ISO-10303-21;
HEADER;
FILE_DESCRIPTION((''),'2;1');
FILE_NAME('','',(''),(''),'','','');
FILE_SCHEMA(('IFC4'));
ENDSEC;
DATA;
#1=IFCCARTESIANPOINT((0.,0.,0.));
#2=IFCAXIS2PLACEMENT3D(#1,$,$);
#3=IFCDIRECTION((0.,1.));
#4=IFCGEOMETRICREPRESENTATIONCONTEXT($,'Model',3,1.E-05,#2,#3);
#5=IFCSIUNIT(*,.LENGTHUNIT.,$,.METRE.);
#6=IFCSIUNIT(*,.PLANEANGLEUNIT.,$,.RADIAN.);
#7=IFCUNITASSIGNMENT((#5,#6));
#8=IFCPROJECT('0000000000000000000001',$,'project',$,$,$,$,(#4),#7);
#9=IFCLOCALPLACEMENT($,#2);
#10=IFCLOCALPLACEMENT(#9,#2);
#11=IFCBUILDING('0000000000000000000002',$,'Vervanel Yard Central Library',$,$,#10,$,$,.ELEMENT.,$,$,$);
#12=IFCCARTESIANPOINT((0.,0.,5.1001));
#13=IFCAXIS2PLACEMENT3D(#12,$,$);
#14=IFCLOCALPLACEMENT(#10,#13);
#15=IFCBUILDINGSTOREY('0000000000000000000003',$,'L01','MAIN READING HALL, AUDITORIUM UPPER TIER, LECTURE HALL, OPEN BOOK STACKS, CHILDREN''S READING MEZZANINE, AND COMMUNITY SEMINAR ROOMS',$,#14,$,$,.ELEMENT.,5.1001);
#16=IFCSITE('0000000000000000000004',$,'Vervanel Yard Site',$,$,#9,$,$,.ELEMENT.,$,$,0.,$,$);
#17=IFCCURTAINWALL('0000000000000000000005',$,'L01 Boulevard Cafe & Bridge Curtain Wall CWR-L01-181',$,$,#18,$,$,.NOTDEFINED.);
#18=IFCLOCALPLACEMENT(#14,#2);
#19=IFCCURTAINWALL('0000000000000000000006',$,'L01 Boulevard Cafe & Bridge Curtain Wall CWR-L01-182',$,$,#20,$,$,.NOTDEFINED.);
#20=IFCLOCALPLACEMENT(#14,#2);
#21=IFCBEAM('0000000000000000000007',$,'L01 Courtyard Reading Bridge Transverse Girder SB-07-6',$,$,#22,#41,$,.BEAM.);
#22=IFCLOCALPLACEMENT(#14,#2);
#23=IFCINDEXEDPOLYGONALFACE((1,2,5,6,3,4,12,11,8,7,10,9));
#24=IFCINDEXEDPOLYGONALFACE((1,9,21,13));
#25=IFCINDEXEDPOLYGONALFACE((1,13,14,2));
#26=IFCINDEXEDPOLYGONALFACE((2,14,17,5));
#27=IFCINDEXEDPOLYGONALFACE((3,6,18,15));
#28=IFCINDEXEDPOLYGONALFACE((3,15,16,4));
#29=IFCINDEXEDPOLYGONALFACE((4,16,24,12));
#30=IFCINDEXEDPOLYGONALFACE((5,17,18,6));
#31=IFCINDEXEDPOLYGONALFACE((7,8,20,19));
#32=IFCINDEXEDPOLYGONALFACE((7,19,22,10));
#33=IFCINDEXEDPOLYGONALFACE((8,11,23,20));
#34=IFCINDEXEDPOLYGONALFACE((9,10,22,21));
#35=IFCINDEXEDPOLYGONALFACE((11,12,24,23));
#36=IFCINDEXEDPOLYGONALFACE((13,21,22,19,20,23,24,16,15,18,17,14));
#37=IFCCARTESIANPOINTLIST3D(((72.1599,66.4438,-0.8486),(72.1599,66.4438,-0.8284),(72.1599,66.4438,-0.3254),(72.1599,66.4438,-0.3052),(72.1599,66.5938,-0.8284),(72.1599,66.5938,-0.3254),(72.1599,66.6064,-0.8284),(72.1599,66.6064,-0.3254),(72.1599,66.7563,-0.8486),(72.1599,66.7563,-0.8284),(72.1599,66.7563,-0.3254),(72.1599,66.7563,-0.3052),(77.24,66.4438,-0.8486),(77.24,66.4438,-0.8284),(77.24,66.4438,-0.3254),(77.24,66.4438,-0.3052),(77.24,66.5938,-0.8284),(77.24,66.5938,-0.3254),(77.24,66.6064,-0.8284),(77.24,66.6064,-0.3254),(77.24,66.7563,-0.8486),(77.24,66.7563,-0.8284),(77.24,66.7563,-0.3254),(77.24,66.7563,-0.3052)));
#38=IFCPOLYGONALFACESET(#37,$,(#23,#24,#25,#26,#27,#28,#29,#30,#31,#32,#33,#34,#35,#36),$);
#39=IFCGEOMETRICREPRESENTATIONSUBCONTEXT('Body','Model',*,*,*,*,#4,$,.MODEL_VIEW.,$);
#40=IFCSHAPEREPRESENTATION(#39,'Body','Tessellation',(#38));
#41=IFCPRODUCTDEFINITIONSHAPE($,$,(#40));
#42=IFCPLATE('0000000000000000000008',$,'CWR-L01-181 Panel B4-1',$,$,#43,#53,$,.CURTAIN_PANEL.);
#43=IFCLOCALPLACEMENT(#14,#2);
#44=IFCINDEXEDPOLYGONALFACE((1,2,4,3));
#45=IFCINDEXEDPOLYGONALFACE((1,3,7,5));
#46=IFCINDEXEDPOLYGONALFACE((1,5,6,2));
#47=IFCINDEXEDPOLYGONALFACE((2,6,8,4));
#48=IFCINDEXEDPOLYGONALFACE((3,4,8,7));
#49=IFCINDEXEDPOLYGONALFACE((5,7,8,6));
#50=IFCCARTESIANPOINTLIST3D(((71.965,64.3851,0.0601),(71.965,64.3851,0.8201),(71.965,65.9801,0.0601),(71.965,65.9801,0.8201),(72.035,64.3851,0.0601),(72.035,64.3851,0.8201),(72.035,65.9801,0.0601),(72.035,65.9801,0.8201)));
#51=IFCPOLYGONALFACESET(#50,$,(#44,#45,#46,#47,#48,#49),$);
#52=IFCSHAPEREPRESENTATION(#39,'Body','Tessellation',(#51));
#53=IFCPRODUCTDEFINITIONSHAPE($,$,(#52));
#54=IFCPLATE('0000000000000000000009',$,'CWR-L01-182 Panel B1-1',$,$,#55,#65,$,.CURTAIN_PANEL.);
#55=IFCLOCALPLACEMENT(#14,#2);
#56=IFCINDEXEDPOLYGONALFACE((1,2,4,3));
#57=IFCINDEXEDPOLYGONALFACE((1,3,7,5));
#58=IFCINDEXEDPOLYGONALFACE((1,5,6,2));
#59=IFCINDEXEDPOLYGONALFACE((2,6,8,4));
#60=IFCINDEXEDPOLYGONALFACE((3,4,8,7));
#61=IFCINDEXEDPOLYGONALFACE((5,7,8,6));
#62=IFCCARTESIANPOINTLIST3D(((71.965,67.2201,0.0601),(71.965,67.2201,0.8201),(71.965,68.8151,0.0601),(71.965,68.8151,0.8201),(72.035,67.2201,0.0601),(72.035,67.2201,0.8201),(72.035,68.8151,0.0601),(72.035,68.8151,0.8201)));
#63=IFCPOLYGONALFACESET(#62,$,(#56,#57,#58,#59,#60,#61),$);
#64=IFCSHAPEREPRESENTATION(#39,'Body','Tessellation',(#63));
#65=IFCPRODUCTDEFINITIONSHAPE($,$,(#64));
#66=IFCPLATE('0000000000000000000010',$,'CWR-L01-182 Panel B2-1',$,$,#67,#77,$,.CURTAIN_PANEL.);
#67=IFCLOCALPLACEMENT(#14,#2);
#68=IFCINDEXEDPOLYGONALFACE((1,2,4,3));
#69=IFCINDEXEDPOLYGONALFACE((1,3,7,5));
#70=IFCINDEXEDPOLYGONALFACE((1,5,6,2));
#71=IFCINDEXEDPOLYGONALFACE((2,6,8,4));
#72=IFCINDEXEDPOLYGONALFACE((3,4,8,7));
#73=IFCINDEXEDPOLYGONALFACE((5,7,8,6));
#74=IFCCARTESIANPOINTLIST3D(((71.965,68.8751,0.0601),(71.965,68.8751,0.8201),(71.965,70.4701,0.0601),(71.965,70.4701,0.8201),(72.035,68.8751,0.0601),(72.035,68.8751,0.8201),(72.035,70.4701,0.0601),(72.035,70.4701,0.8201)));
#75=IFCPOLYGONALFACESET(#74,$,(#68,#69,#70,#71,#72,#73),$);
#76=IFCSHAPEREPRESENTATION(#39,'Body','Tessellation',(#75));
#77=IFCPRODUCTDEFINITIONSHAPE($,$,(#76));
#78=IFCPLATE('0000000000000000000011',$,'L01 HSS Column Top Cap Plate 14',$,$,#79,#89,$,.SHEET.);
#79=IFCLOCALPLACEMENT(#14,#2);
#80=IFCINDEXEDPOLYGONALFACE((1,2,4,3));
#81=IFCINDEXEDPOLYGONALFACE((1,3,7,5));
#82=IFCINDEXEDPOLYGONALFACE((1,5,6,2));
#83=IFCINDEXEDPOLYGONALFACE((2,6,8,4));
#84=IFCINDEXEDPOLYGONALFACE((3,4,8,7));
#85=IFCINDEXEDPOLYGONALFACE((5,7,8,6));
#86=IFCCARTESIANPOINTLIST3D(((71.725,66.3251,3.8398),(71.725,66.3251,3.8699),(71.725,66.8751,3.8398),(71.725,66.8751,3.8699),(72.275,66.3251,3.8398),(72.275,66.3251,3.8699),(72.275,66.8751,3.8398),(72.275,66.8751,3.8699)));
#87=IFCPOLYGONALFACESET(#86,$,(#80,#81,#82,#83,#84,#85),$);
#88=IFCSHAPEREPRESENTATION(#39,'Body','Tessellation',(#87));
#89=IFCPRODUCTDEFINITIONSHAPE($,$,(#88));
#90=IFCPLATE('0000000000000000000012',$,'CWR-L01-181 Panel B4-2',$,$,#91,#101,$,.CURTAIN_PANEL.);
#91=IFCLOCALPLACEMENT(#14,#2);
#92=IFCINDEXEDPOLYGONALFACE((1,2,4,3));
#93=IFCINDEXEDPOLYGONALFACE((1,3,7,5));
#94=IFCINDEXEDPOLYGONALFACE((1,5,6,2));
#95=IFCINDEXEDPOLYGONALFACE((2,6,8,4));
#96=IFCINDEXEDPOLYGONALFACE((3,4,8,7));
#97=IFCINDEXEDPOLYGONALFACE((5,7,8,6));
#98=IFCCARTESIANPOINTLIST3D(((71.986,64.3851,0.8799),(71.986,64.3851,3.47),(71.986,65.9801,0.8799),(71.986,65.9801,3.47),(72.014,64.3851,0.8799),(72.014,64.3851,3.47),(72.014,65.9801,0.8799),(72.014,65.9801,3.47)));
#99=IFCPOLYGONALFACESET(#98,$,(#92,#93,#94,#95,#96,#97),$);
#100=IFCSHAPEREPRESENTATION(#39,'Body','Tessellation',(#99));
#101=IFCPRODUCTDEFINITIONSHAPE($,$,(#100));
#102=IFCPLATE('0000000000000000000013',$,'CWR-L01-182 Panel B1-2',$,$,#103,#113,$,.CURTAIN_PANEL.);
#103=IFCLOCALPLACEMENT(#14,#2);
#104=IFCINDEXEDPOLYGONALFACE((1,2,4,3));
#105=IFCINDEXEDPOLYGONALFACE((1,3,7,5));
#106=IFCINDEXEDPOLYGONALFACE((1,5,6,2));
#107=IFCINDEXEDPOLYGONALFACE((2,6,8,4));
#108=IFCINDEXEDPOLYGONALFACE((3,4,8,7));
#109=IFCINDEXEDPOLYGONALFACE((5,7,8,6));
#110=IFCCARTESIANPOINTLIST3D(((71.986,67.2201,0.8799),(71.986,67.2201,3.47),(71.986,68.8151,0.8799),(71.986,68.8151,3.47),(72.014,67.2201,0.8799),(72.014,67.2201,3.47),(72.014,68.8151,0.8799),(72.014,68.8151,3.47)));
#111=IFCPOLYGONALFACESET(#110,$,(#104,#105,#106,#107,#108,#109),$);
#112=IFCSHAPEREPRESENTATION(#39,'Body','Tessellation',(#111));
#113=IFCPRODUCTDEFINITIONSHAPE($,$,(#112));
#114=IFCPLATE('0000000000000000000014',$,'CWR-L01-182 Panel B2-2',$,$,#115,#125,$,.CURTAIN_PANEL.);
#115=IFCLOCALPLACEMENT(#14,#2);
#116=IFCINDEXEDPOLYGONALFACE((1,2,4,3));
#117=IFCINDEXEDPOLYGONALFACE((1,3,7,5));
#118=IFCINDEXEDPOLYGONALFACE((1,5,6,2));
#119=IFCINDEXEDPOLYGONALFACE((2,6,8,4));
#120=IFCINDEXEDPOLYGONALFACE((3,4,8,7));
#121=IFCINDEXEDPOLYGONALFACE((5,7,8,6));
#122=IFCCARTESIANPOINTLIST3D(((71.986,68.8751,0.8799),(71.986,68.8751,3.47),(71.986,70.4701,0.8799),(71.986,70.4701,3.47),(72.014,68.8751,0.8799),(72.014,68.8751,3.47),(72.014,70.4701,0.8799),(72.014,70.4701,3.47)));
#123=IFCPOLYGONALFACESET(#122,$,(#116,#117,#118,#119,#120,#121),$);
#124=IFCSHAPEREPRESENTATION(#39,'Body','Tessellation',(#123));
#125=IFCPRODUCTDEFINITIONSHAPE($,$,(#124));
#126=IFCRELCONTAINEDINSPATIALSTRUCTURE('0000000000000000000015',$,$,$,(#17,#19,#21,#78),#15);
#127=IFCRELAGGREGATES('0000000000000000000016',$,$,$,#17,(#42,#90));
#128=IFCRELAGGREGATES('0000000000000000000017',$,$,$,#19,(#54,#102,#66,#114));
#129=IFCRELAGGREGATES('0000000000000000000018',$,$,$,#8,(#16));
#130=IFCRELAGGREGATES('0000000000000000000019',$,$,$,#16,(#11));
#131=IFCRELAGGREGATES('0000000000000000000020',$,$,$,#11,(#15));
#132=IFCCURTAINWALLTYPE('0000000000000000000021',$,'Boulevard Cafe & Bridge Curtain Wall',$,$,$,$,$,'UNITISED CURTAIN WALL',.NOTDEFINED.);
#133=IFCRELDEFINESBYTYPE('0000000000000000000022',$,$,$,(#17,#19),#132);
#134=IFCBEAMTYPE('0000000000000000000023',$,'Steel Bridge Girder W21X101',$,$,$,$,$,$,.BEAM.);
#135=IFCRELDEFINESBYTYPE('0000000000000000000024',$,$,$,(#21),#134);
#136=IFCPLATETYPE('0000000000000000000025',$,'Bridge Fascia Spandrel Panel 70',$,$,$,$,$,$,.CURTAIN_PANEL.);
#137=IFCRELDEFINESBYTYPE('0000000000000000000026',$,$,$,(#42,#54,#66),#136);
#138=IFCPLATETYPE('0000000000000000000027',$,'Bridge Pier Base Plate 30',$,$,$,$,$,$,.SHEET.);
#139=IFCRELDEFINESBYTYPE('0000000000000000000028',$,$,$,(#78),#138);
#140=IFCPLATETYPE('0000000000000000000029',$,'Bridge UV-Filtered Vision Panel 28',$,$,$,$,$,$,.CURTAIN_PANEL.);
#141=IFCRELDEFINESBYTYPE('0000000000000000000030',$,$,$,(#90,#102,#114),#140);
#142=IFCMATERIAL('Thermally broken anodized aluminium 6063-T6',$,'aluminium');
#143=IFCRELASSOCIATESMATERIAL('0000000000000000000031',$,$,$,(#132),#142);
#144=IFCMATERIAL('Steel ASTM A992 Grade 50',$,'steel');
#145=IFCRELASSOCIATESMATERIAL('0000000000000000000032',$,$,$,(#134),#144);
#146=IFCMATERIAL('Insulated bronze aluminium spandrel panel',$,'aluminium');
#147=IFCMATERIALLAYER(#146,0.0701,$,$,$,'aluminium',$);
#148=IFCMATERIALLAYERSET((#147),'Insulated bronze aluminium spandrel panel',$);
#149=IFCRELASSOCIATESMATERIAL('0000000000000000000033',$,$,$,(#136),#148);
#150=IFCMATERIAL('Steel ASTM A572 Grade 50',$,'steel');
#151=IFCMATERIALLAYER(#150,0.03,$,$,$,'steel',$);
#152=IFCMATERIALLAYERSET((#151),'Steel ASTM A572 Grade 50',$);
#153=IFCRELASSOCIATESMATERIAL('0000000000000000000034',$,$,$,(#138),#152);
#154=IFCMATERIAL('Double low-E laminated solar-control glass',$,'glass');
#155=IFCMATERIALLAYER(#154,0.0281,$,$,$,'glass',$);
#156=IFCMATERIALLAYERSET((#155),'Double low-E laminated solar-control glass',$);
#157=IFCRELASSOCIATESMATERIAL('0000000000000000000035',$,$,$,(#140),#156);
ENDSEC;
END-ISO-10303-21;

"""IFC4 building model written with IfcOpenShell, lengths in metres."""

from ifc_helpers import new_model, si_unit, direction, frame, origin, origin_2d, place, context, subcontext, project, spatial, rectangle, i_section, extrude, material, layer, layer_set, material_profile, profile_set, type_object, element, aggregate, save


model = new_model("IFC4")

# Units and contexts
model_context = context("Model", 3, precision=1e-05, world=origin(), true_north=direction((0.0, 1.0)))
body_context = subcontext(model_context, "Body", "Model", "MODEL_VIEW")
ifc_project = project(units=[si_unit("LENGTHUNIT", "METRE"), si_unit("PLANEANGLEUNIT", "RADIAN")], contexts=[model_context])

# Site, building, storey
site_placement = place(None, origin())
site = spatial("IfcSite", under=ifc_project, at=site_placement, Name="Vervanel Yard Site", CompositionType="ELEMENT", RefElevation=0.0)
building_placement = place(site_placement, origin())
building = spatial("IfcBuilding", under=site, at=building_placement, Name="Vervanel Yard Central Library", CompositionType="ELEMENT")
storey_placement = place(building_placement, frame((0.0, 0.0, 5.1001)))
storey = spatial("IfcBuildingStorey", under=building, at=storey_placement, Name="L01", Description="MAIN READING HALL, AUDITORIUM UPPER TIER, LECTURE HALL, OPEN BOOK STACKS, CHILDREN'S READING MEZZANINE, AND COMMUNITY SEMINAR ROOMS", CompositionType="ELEMENT", Elevation=5.1001)

# Curtain wall
ifc_material_1 = material(Name="Thermally broken anodized aluminium 6063-T6", Category="aluminium")
curtain_wall_type = type_object("IfcCurtainWallType", Name="Boulevard Cafe & Bridge Curtain Wall", ElementType="UNITISED CURTAIN WALL", PredefinedType="NOTDEFINED", material=ifc_material_1)
curtain_wall_1_placement = place(storey_placement, origin())
curtain_wall_1 = element("IfcCurtainWall", 1, at=curtain_wall_1_placement, inside=storey, type_object=curtain_wall_type, Name="L01 Boulevard Cafe & Bridge Curtain Wall CWR-L01-181", PredefinedType="NOTDEFINED")

# Curtain wall
curtain_wall_2_placement = place(storey_placement, origin())
curtain_wall_2 = element("IfcCurtainWall", 2, at=curtain_wall_2_placement, inside=storey, type_object=curtain_wall_type, Name="L01 Boulevard Cafe & Bridge Curtain Wall CWR-L01-182", PredefinedType="NOTDEFINED")

# Beam
ifc_material_2 = material(Name="Steel ASTM A992 Grade 50", Category="steel")
ifc_material_profile_1 = material_profile(ifc_material_2, i_section(OverallWidth=0.3125, OverallDepth=0.5435, WebThickness=0.0127, FlangeThickness=0.0203, at=origin_2d()), Name="W21X101", Category="steel")
ifc_profile_set_1 = profile_set([ifc_material_profile_1], Name="Steel ASTM A992 Grade 50")
beam_type_1 = type_object("IfcBeamType", Name="Steel Bridge Girder W21X101", PredefinedType="BEAM", material=ifc_profile_set_1)
beam_1_placement = place(storey_placement, frame((72.1599, 66.6001, -0.5769), z_axis=(1.0, 0.0, 0.0), x_axis=(0.0, 1.0, 0.0)))
element("IfcBeam", 3, at=beam_1_placement, inside=storey, type_object=beam_type_1, Name="L01 Courtyard Reading Bridge Transverse Girder SB-07-6", PredefinedType="BEAM", context=body_context, shape_type="SweptSolid", body=[
    extrude(i_section(OverallWidth=0.3125, OverallDepth=0.5435, WebThickness=0.0127, FlangeThickness=0.0203, at=origin_2d()), origin(), (0.0, 0.0, 1.0), 5.0801),
])

# Plates
ifc_material_3 = material(Name="Insulated bronze aluminium spandrel panel", Category="aluminium")
ifc_layer_1 = layer(ifc_material_3, 0.0701, Category="aluminium")
ifc_layer_set_1 = layer_set([ifc_layer_1], Name="Insulated bronze aluminium spandrel panel")
plate_type_1 = type_object("IfcPlateType", Name="Bridge Fascia Spandrel Panel 70", PredefinedType="CURTAIN_PANEL", material=ifc_layer_set_1)
plate_1_placement = place(storey_placement, frame((72.0, 65.1826, 0.0601), z_axis=(0.0, 0.0, 1.0), x_axis=(0.0, 1.0, 0.0)))
plate_1 = element("IfcPlate", 4, at=plate_1_placement, type_object=plate_type_1, Name="CWR-L01-181 Panel B4-1", PredefinedType="CURTAIN_PANEL", context=body_context, shape_type="SweptSolid", body=[
    extrude(rectangle(XDim=1.595, YDim=0.0701, at=origin_2d()), origin(), (0.0, 0.0, 1.0), 0.76),
])
plate_2_placement = place(storey_placement, frame((72.0, 68.0176, 0.0601), z_axis=(0.0, 0.0, 1.0), x_axis=(0.0, 1.0, 0.0)))
plate_2 = element("IfcPlate", 5, at=plate_2_placement, type_object=plate_type_1, Name="CWR-L01-182 Panel B1-1", PredefinedType="CURTAIN_PANEL", context=body_context, shape_type="SweptSolid", body=[
    extrude(rectangle(XDim=1.595, YDim=0.0701, at=origin_2d()), origin(), (0.0, 0.0, 1.0), 0.76),
])
plate_3_placement = place(storey_placement, frame((72.0, 69.6726, 0.0601), z_axis=(0.0, 0.0, 1.0), x_axis=(0.0, 1.0, 0.0)))
plate_3 = element("IfcPlate", 6, at=plate_3_placement, type_object=plate_type_1, Name="CWR-L01-182 Panel B2-1", PredefinedType="CURTAIN_PANEL", context=body_context, shape_type="SweptSolid", body=[
    extrude(rectangle(XDim=1.595, YDim=0.0701, at=origin_2d()), origin(), (0.0, 0.0, 1.0), 0.76),
])
ifc_material_4 = material(Name="Steel ASTM A572 Grade 50", Category="steel")
ifc_layer_2 = layer(ifc_material_4, 0.03, Category="steel")
ifc_layer_set_2 = layer_set([ifc_layer_2], Name="Steel ASTM A572 Grade 50")
plate_type_2 = type_object("IfcPlateType", Name="Bridge Pier Base Plate 30", PredefinedType="SHEET", material=ifc_layer_set_2)
plate_4_placement = place(storey_placement, frame((72.0, 66.6001, 3.8398), z_axis=(0.0, 0.0, 1.0), x_axis=(1.0, 0.0, 0.0)))
element("IfcPlate", 7, at=plate_4_placement, inside=storey, type_object=plate_type_2, Name="L01 HSS Column Top Cap Plate 14", PredefinedType="SHEET", context=body_context, shape_type="SweptSolid", body=[
    extrude(rectangle(XDim=0.55, YDim=0.55, at=origin_2d()), origin(), (0.0, 0.0, 1.0), 0.03),
])
ifc_material_5 = material(Name="Double low-E laminated solar-control glass", Category="glass")
ifc_layer_3 = layer(ifc_material_5, 0.0281, Category="glass")
ifc_layer_set_3 = layer_set([ifc_layer_3], Name="Double low-E laminated solar-control glass")
plate_type_3 = type_object("IfcPlateType", Name="Bridge UV-Filtered Vision Panel 28", PredefinedType="CURTAIN_PANEL", material=ifc_layer_set_3)
plate_5_placement = place(storey_placement, frame((72.0, 65.1826, 0.8799), z_axis=(0.0, 0.0, 1.0), x_axis=(0.0, 1.0, 0.0)))
plate_5 = element("IfcPlate", 8, at=plate_5_placement, type_object=plate_type_3, Name="CWR-L01-181 Panel B4-2", PredefinedType="CURTAIN_PANEL", context=body_context, shape_type="SweptSolid", body=[
    extrude(rectangle(XDim=1.595, YDim=0.0281, at=origin_2d()), origin(), (0.0, 0.0, 1.0), 2.5901),
])
aggregate(curtain_wall_1, [plate_1, plate_5])
plate_6_placement = place(storey_placement, frame((72.0, 68.0176, 0.8799), z_axis=(0.0, 0.0, 1.0), x_axis=(0.0, 1.0, 0.0)))
plate_6 = element("IfcPlate", 9, at=plate_6_placement, type_object=plate_type_3, Name="CWR-L01-182 Panel B1-2", PredefinedType="CURTAIN_PANEL", context=body_context, shape_type="SweptSolid", body=[
    extrude(rectangle(XDim=1.595, YDim=0.0281, at=origin_2d()), origin(), (0.0, 0.0, 1.0), 2.5901),
])
plate_7_placement = place(storey_placement, frame((72.0, 69.6726, 0.8799), z_axis=(0.0, 0.0, 1.0), x_axis=(0.0, 1.0, 0.0)))
plate_7 = element("IfcPlate", 10, at=plate_7_placement, type_object=plate_type_3, Name="CWR-L01-182 Panel B2-2", PredefinedType="CURTAIN_PANEL", context=body_context, shape_type="SweptSolid", body=[
    extrude(rectangle(XDim=1.595, YDim=0.0281, at=origin_2d()), origin(), (0.0, 0.0, 1.0), 2.5901),
])
aggregate(curtain_wall_2, [plate_2, plate_6, plate_3, plate_7])

save(model, "model.ifc")
